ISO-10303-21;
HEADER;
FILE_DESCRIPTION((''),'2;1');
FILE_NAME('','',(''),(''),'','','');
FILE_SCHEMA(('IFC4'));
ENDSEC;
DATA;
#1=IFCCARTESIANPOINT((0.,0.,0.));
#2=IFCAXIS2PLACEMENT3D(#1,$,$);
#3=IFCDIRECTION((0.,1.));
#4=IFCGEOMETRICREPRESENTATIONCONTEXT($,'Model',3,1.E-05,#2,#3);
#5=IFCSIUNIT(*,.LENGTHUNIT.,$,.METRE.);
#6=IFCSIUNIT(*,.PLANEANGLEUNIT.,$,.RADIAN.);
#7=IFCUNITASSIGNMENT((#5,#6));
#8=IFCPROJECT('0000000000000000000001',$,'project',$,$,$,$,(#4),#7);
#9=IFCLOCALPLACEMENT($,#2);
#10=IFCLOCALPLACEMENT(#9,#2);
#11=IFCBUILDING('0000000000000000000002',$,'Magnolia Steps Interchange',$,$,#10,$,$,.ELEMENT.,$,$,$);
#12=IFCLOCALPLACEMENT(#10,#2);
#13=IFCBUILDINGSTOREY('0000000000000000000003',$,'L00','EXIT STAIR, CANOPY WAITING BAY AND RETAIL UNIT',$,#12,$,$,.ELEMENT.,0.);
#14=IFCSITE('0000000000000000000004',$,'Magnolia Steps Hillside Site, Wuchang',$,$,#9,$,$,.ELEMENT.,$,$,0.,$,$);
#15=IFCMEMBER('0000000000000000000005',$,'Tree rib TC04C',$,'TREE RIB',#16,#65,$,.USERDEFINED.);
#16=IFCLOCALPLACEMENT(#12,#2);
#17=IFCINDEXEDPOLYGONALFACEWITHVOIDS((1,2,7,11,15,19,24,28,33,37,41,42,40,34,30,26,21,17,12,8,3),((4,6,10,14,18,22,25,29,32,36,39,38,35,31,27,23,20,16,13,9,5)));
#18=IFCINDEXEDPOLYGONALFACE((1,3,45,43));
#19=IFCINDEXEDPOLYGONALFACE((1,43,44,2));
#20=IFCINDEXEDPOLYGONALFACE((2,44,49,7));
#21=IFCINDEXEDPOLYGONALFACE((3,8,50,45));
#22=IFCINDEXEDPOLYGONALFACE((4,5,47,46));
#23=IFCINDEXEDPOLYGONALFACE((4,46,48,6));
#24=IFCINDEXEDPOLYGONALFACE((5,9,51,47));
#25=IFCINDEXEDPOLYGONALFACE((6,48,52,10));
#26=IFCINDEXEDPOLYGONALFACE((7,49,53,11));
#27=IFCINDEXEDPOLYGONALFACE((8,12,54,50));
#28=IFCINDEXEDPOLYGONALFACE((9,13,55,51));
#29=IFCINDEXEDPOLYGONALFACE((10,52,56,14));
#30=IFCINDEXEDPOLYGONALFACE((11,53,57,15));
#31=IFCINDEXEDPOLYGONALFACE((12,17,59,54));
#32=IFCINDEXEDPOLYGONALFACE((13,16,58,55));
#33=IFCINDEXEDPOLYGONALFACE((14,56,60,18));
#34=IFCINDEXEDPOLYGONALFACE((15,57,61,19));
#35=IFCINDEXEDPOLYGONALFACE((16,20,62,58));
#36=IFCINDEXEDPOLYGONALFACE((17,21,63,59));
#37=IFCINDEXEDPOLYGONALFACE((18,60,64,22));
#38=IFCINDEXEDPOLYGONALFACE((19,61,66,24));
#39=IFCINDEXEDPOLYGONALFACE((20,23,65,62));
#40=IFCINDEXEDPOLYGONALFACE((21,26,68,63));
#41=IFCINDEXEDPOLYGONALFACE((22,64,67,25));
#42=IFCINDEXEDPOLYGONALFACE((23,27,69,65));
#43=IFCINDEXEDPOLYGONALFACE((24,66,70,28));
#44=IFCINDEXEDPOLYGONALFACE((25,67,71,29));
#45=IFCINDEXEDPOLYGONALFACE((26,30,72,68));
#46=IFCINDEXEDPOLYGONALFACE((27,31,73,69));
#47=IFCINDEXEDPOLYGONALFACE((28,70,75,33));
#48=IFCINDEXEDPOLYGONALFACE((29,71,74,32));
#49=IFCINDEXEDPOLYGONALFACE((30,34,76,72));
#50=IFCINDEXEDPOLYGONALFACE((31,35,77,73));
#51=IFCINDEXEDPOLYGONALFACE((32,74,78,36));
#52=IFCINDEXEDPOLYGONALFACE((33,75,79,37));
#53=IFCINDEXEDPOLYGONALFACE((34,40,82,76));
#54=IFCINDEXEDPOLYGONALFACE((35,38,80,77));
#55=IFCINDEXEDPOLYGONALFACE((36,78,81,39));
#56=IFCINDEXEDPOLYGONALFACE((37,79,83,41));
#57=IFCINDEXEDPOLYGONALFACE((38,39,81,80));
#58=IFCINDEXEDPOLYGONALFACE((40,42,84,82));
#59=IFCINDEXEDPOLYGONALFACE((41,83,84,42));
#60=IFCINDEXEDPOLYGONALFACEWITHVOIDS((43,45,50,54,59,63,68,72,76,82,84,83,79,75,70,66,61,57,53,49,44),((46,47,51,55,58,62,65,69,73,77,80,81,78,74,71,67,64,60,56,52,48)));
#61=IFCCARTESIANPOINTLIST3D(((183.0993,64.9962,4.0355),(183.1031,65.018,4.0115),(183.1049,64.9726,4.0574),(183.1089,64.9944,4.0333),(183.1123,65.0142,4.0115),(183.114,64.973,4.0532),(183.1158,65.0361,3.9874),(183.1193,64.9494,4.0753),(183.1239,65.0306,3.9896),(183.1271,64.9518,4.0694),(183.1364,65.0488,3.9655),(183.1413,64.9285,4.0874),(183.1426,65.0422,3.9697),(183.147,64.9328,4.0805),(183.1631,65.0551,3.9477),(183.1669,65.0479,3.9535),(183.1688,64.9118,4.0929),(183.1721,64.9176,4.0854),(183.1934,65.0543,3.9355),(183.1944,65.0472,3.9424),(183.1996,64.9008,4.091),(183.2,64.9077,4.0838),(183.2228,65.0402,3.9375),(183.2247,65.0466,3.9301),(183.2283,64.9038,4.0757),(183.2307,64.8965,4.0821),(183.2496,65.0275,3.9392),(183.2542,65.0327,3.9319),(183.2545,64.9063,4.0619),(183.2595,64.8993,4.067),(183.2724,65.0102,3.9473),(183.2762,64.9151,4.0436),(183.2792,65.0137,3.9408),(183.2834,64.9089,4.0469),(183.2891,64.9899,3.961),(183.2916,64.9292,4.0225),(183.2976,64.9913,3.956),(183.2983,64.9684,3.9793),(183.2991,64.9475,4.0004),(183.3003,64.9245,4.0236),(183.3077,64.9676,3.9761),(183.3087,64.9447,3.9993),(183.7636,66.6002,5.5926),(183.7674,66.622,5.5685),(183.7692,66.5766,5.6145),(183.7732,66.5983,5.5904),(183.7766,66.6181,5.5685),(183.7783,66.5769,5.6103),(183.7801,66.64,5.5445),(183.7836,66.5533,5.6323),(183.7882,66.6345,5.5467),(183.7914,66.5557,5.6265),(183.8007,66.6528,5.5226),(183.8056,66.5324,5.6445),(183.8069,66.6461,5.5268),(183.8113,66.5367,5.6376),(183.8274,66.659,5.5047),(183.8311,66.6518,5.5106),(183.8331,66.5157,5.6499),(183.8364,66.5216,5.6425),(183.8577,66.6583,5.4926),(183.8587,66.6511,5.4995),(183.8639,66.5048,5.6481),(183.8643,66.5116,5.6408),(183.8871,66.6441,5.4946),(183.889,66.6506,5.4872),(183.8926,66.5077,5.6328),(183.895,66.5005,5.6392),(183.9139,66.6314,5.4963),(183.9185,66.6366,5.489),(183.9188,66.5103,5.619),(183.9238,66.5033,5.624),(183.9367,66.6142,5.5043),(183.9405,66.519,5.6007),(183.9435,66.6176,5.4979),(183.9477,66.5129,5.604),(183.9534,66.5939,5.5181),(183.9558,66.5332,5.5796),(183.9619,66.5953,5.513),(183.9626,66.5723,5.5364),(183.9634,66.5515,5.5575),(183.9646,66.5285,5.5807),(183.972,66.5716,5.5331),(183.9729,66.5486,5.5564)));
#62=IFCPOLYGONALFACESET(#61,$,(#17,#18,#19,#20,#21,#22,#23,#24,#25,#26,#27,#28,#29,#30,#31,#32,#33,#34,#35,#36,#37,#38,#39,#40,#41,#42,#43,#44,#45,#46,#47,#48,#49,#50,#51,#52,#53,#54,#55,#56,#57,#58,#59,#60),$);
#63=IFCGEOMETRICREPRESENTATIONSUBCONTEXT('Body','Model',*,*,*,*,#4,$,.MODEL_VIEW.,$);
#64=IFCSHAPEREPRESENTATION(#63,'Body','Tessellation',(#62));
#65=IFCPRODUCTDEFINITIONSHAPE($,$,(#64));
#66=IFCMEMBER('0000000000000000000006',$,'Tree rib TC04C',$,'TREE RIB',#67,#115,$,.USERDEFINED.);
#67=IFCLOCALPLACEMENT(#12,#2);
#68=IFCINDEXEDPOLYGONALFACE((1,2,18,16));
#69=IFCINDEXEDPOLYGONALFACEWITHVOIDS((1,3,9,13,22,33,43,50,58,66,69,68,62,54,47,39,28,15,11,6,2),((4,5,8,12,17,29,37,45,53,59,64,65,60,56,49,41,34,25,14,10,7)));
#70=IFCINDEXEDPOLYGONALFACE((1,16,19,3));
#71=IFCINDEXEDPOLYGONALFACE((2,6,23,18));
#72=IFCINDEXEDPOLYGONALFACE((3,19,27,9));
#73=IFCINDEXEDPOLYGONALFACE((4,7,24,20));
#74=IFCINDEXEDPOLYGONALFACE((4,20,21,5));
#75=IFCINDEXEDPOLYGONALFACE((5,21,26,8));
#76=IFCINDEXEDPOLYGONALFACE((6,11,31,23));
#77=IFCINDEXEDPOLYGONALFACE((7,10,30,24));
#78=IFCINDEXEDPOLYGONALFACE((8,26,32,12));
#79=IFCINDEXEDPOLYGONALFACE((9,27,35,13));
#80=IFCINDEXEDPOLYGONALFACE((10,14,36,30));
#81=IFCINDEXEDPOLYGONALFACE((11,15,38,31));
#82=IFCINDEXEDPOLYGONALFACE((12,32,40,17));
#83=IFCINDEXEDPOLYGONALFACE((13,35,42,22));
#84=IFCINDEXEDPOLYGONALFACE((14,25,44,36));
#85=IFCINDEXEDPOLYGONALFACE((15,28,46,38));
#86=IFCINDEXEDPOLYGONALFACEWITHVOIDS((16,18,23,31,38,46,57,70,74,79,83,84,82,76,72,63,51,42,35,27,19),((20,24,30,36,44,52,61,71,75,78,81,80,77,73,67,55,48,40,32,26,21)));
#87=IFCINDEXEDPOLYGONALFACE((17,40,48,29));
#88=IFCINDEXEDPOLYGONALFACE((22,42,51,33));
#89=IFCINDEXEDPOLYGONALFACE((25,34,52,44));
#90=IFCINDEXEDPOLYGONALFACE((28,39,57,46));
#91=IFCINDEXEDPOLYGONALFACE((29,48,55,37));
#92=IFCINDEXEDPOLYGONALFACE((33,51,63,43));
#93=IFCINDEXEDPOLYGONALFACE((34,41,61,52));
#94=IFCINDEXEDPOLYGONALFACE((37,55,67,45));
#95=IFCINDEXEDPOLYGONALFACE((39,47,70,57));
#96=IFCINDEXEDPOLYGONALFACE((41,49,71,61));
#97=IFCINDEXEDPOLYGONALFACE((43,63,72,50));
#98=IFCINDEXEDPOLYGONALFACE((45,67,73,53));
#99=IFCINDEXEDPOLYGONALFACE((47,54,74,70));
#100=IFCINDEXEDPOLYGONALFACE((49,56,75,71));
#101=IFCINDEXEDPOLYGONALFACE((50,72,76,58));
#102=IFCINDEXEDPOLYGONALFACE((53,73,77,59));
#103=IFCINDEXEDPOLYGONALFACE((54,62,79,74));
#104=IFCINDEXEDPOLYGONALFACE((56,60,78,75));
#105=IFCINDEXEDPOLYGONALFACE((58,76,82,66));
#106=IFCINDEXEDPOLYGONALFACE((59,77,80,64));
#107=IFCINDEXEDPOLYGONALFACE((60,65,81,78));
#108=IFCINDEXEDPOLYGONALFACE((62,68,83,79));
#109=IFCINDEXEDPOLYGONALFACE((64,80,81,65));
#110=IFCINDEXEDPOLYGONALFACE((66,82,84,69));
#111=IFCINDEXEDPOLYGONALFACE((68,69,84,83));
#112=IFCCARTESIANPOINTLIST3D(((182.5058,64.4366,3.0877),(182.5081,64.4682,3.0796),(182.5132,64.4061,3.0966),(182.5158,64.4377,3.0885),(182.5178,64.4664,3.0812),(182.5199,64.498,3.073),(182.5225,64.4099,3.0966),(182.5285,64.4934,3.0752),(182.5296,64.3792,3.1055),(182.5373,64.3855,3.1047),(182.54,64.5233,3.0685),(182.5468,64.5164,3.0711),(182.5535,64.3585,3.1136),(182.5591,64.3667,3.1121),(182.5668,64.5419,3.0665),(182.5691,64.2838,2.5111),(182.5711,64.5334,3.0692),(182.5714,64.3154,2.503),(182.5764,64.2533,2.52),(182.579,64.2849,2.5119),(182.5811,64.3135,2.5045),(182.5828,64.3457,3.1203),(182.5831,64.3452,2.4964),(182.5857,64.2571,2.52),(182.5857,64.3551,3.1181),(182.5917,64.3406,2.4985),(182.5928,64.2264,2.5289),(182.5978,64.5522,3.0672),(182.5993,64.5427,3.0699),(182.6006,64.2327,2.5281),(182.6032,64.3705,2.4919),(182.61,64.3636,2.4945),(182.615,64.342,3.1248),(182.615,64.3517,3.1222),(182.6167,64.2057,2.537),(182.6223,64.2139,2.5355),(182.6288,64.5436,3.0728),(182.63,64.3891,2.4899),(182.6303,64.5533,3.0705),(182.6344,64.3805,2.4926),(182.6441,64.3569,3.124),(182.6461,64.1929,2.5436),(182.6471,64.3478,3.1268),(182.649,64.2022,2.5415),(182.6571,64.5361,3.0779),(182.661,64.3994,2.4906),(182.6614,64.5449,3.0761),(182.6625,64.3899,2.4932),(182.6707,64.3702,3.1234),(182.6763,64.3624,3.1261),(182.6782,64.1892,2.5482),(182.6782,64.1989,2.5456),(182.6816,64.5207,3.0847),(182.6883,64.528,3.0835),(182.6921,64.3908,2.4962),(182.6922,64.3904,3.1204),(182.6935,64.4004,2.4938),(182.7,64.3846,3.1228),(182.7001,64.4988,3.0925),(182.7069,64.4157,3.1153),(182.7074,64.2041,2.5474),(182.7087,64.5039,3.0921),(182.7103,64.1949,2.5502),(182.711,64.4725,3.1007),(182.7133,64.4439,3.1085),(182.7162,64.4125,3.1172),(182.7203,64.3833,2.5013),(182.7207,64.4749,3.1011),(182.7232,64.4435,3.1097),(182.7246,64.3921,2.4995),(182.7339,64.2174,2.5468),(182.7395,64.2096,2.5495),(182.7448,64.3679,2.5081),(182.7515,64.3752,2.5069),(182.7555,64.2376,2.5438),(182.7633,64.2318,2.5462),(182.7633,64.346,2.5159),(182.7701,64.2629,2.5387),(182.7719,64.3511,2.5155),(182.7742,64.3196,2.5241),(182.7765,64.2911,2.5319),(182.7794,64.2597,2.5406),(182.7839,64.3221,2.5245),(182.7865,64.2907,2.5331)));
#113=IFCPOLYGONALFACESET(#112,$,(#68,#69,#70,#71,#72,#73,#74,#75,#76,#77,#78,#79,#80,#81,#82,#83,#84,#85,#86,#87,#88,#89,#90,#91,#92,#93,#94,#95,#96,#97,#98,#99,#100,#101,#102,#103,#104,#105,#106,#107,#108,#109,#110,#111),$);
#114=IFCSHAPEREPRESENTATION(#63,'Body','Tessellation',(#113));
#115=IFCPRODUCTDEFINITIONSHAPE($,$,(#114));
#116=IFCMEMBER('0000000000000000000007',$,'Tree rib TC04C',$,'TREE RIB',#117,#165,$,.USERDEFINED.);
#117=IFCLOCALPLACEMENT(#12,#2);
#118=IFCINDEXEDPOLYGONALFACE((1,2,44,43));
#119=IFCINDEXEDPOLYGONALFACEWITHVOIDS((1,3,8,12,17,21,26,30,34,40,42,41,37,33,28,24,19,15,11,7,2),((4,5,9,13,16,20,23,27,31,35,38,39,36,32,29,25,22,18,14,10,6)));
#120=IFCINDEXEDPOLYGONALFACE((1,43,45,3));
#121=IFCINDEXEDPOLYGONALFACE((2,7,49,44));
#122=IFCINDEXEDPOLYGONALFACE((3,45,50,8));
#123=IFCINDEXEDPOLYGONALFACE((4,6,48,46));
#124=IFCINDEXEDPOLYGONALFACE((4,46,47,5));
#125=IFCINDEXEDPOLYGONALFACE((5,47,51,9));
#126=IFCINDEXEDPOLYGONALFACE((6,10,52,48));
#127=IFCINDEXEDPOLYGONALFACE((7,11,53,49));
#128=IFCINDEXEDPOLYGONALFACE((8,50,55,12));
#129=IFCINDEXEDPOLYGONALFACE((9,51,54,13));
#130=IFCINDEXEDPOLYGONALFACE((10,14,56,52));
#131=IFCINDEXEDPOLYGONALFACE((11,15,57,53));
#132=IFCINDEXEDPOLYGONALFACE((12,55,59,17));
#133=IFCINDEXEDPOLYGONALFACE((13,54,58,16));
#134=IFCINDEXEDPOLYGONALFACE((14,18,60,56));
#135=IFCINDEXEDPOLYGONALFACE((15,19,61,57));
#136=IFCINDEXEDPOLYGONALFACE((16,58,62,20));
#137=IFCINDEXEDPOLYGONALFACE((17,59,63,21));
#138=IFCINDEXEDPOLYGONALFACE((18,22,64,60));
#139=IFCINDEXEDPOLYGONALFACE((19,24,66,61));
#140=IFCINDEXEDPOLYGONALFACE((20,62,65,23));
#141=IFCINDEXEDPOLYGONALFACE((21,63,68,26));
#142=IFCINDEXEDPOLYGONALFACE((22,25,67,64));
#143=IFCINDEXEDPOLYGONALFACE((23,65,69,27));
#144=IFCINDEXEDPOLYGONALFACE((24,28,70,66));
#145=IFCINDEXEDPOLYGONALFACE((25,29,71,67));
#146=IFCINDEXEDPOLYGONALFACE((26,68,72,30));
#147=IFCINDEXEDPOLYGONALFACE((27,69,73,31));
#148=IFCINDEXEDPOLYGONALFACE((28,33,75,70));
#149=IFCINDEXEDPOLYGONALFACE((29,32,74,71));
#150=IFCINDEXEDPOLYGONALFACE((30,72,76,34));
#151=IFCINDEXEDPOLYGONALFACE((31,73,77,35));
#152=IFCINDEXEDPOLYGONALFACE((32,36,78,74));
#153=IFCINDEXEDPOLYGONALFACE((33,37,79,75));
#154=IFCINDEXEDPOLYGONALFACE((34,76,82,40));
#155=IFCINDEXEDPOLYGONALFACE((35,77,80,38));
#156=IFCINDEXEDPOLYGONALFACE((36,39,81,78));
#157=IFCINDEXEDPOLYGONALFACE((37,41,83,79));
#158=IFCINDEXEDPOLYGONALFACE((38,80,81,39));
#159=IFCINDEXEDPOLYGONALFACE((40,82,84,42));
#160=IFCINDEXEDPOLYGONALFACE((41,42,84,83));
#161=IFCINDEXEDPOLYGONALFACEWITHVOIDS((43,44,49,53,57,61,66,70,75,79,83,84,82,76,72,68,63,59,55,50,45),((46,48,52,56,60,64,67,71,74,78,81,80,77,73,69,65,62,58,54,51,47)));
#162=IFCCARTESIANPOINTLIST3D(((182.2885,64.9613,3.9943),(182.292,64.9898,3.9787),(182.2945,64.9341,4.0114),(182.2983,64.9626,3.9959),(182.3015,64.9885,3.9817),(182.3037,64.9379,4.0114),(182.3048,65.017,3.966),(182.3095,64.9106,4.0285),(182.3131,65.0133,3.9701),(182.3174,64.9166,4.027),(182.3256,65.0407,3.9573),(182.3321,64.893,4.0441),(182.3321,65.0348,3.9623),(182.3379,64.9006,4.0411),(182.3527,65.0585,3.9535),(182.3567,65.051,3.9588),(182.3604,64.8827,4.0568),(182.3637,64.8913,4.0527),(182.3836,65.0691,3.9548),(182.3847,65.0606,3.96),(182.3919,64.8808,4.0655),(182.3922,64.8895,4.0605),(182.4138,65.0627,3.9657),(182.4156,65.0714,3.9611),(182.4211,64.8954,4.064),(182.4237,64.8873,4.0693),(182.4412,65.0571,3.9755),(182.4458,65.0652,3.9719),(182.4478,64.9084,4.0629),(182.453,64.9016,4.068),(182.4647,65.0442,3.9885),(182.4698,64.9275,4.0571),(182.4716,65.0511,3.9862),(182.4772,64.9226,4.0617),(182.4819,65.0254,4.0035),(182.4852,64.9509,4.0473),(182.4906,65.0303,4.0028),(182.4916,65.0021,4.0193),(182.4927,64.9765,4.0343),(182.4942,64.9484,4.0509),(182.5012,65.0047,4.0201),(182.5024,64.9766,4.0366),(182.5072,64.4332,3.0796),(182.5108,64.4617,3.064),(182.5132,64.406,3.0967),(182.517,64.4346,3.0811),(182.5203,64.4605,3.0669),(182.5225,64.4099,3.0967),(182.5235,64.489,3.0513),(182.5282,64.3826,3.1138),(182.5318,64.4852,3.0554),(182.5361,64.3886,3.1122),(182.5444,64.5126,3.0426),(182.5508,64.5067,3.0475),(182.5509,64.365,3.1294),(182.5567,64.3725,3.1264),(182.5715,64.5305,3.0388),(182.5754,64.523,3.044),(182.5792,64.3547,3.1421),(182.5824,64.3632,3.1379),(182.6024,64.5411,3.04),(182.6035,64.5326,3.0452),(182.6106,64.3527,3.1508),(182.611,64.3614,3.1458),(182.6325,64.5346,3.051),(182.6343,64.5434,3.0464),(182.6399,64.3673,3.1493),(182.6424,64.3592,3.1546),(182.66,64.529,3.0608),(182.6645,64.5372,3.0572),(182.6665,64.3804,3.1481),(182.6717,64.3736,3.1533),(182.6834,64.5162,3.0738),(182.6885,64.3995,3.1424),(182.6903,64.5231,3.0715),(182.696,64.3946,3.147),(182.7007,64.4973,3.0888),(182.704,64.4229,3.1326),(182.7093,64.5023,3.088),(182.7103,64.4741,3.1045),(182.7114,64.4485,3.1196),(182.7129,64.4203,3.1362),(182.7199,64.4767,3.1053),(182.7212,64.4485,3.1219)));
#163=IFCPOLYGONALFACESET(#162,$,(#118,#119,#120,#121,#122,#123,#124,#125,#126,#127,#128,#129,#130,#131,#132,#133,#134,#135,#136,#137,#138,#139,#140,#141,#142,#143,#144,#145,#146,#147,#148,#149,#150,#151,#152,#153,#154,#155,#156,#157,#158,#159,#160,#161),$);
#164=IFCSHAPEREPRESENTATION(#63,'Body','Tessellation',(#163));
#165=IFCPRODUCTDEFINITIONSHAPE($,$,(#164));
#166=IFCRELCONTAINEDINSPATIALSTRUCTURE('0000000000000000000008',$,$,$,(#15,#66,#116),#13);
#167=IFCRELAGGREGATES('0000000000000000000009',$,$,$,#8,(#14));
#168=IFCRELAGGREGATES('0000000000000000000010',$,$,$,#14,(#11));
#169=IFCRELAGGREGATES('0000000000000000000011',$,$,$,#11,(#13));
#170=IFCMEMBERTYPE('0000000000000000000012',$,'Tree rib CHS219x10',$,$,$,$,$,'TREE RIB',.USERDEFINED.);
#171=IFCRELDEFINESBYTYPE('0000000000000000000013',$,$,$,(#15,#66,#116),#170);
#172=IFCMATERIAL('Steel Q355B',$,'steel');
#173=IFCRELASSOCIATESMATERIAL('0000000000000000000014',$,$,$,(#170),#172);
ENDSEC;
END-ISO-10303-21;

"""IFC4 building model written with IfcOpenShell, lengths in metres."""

from ifc_helpers import new_model, si_unit, direction, frame, origin, origin_2d, place, context, subcontext, project, spatial, hollow_circle, extrude, material, material_profile, profile_set, type_object, element, save


model = new_model("IFC4")

# Units and contexts
model_context = context("Model", 3, precision=1e-05, world=origin(), true_north=direction((0.0, 1.0)))
body_context = subcontext(model_context, "Body", "Model", "MODEL_VIEW")
ifc_project = project(units=[si_unit("LENGTHUNIT", "METRE"), si_unit("PLANEANGLEUNIT", "RADIAN")], contexts=[model_context])

# Site, building, storey
site_placement = place(None, origin())
site = spatial("IfcSite", under=ifc_project, at=site_placement, Name="Magnolia Steps Hillside Site, Wuchang", CompositionType="ELEMENT", RefElevation=0.0)
building_placement = place(site_placement, origin())
building = spatial("IfcBuilding", under=site, at=building_placement, Name="Magnolia Steps Interchange", CompositionType="ELEMENT")
storey_placement = place(building_placement, origin())
storey = spatial("IfcBuildingStorey", under=building, at=storey_placement, Name="L00", Description="EXIT STAIR, CANOPY WAITING BAY AND RETAIL UNIT", CompositionType="ELEMENT", Elevation=0.0)

# Members
ifc_material_1 = material(Name="Steel Q355B", Category="steel")
ifc_material_profile_1 = material_profile(ifc_material_1, hollow_circle(Radius=0.1096, WallThickness=0.01, at=origin_2d()), Name="CHS219x10")
ifc_profile_set_1 = profile_set([ifc_material_profile_1], Name="Steel Q355B")
member_type = type_object("IfcMemberType", Name="Tree rib CHS219x10", ElementType="TREE RIB", PredefinedType="USERDEFINED", material=ifc_profile_set_1)
member_1_placement = place(storey_placement, frame((183.2043, 64.9761, 4.0115), z_axis=(0.284851, 0.687788, 0.667688), x_axis=(-0.923899, 0.382637, 0.0)))
element("IfcMember", 1, at=member_1_placement, inside=storey, type_object=member_type, Name="Tree rib TC04C", ObjectType="TREE RIB", PredefinedType="USERDEFINED", context=body_context, shape_type="SweptSolid", body=[
    extrude(hollow_circle(Radius=0.1096, WallThickness=0.01, at=origin_2d()), origin(), (0.0, 0.0, 1.0), 2.332),
])
member_2_placement = place(storey_placement, frame((182.6777, 64.2952, 2.52), z_axis=(-0.105403, 0.254758, 0.961243), x_axis=(-0.924035, -0.382308, 0.0)))
element("IfcMember", 2, at=member_2_placement, inside=storey, type_object=member_type, Name="Tree rib TC04C", ObjectType="TREE RIB", PredefinedType="USERDEFINED", context=body_context, shape_type="SweptSolid", body=[
    extrude(hollow_circle(Radius=0.1096, WallThickness=0.01, at=origin_2d()), origin(), (0.0, 0.0, 1.0), 0.5999),
])
member_3_placement = place(storey_placement, frame((182.6145, 64.448, 3.0967), z_axis=(-0.202793, 0.489555, 0.848063), x_axis=(-0.923871, -0.382704, 0.0)))
element("IfcMember", 3, at=member_3_placement, inside=storey, type_object=member_type, Name="Tree rib TC04C", ObjectType="TREE RIB", PredefinedType="USERDEFINED", context=body_context, shape_type="SweptSolid", body=[
    extrude(hollow_circle(Radius=0.1096, WallThickness=0.01, at=origin_2d()), origin(), (0.0, 0.0, 1.0), 1.0786),
])

save(model, "model.ifc")
